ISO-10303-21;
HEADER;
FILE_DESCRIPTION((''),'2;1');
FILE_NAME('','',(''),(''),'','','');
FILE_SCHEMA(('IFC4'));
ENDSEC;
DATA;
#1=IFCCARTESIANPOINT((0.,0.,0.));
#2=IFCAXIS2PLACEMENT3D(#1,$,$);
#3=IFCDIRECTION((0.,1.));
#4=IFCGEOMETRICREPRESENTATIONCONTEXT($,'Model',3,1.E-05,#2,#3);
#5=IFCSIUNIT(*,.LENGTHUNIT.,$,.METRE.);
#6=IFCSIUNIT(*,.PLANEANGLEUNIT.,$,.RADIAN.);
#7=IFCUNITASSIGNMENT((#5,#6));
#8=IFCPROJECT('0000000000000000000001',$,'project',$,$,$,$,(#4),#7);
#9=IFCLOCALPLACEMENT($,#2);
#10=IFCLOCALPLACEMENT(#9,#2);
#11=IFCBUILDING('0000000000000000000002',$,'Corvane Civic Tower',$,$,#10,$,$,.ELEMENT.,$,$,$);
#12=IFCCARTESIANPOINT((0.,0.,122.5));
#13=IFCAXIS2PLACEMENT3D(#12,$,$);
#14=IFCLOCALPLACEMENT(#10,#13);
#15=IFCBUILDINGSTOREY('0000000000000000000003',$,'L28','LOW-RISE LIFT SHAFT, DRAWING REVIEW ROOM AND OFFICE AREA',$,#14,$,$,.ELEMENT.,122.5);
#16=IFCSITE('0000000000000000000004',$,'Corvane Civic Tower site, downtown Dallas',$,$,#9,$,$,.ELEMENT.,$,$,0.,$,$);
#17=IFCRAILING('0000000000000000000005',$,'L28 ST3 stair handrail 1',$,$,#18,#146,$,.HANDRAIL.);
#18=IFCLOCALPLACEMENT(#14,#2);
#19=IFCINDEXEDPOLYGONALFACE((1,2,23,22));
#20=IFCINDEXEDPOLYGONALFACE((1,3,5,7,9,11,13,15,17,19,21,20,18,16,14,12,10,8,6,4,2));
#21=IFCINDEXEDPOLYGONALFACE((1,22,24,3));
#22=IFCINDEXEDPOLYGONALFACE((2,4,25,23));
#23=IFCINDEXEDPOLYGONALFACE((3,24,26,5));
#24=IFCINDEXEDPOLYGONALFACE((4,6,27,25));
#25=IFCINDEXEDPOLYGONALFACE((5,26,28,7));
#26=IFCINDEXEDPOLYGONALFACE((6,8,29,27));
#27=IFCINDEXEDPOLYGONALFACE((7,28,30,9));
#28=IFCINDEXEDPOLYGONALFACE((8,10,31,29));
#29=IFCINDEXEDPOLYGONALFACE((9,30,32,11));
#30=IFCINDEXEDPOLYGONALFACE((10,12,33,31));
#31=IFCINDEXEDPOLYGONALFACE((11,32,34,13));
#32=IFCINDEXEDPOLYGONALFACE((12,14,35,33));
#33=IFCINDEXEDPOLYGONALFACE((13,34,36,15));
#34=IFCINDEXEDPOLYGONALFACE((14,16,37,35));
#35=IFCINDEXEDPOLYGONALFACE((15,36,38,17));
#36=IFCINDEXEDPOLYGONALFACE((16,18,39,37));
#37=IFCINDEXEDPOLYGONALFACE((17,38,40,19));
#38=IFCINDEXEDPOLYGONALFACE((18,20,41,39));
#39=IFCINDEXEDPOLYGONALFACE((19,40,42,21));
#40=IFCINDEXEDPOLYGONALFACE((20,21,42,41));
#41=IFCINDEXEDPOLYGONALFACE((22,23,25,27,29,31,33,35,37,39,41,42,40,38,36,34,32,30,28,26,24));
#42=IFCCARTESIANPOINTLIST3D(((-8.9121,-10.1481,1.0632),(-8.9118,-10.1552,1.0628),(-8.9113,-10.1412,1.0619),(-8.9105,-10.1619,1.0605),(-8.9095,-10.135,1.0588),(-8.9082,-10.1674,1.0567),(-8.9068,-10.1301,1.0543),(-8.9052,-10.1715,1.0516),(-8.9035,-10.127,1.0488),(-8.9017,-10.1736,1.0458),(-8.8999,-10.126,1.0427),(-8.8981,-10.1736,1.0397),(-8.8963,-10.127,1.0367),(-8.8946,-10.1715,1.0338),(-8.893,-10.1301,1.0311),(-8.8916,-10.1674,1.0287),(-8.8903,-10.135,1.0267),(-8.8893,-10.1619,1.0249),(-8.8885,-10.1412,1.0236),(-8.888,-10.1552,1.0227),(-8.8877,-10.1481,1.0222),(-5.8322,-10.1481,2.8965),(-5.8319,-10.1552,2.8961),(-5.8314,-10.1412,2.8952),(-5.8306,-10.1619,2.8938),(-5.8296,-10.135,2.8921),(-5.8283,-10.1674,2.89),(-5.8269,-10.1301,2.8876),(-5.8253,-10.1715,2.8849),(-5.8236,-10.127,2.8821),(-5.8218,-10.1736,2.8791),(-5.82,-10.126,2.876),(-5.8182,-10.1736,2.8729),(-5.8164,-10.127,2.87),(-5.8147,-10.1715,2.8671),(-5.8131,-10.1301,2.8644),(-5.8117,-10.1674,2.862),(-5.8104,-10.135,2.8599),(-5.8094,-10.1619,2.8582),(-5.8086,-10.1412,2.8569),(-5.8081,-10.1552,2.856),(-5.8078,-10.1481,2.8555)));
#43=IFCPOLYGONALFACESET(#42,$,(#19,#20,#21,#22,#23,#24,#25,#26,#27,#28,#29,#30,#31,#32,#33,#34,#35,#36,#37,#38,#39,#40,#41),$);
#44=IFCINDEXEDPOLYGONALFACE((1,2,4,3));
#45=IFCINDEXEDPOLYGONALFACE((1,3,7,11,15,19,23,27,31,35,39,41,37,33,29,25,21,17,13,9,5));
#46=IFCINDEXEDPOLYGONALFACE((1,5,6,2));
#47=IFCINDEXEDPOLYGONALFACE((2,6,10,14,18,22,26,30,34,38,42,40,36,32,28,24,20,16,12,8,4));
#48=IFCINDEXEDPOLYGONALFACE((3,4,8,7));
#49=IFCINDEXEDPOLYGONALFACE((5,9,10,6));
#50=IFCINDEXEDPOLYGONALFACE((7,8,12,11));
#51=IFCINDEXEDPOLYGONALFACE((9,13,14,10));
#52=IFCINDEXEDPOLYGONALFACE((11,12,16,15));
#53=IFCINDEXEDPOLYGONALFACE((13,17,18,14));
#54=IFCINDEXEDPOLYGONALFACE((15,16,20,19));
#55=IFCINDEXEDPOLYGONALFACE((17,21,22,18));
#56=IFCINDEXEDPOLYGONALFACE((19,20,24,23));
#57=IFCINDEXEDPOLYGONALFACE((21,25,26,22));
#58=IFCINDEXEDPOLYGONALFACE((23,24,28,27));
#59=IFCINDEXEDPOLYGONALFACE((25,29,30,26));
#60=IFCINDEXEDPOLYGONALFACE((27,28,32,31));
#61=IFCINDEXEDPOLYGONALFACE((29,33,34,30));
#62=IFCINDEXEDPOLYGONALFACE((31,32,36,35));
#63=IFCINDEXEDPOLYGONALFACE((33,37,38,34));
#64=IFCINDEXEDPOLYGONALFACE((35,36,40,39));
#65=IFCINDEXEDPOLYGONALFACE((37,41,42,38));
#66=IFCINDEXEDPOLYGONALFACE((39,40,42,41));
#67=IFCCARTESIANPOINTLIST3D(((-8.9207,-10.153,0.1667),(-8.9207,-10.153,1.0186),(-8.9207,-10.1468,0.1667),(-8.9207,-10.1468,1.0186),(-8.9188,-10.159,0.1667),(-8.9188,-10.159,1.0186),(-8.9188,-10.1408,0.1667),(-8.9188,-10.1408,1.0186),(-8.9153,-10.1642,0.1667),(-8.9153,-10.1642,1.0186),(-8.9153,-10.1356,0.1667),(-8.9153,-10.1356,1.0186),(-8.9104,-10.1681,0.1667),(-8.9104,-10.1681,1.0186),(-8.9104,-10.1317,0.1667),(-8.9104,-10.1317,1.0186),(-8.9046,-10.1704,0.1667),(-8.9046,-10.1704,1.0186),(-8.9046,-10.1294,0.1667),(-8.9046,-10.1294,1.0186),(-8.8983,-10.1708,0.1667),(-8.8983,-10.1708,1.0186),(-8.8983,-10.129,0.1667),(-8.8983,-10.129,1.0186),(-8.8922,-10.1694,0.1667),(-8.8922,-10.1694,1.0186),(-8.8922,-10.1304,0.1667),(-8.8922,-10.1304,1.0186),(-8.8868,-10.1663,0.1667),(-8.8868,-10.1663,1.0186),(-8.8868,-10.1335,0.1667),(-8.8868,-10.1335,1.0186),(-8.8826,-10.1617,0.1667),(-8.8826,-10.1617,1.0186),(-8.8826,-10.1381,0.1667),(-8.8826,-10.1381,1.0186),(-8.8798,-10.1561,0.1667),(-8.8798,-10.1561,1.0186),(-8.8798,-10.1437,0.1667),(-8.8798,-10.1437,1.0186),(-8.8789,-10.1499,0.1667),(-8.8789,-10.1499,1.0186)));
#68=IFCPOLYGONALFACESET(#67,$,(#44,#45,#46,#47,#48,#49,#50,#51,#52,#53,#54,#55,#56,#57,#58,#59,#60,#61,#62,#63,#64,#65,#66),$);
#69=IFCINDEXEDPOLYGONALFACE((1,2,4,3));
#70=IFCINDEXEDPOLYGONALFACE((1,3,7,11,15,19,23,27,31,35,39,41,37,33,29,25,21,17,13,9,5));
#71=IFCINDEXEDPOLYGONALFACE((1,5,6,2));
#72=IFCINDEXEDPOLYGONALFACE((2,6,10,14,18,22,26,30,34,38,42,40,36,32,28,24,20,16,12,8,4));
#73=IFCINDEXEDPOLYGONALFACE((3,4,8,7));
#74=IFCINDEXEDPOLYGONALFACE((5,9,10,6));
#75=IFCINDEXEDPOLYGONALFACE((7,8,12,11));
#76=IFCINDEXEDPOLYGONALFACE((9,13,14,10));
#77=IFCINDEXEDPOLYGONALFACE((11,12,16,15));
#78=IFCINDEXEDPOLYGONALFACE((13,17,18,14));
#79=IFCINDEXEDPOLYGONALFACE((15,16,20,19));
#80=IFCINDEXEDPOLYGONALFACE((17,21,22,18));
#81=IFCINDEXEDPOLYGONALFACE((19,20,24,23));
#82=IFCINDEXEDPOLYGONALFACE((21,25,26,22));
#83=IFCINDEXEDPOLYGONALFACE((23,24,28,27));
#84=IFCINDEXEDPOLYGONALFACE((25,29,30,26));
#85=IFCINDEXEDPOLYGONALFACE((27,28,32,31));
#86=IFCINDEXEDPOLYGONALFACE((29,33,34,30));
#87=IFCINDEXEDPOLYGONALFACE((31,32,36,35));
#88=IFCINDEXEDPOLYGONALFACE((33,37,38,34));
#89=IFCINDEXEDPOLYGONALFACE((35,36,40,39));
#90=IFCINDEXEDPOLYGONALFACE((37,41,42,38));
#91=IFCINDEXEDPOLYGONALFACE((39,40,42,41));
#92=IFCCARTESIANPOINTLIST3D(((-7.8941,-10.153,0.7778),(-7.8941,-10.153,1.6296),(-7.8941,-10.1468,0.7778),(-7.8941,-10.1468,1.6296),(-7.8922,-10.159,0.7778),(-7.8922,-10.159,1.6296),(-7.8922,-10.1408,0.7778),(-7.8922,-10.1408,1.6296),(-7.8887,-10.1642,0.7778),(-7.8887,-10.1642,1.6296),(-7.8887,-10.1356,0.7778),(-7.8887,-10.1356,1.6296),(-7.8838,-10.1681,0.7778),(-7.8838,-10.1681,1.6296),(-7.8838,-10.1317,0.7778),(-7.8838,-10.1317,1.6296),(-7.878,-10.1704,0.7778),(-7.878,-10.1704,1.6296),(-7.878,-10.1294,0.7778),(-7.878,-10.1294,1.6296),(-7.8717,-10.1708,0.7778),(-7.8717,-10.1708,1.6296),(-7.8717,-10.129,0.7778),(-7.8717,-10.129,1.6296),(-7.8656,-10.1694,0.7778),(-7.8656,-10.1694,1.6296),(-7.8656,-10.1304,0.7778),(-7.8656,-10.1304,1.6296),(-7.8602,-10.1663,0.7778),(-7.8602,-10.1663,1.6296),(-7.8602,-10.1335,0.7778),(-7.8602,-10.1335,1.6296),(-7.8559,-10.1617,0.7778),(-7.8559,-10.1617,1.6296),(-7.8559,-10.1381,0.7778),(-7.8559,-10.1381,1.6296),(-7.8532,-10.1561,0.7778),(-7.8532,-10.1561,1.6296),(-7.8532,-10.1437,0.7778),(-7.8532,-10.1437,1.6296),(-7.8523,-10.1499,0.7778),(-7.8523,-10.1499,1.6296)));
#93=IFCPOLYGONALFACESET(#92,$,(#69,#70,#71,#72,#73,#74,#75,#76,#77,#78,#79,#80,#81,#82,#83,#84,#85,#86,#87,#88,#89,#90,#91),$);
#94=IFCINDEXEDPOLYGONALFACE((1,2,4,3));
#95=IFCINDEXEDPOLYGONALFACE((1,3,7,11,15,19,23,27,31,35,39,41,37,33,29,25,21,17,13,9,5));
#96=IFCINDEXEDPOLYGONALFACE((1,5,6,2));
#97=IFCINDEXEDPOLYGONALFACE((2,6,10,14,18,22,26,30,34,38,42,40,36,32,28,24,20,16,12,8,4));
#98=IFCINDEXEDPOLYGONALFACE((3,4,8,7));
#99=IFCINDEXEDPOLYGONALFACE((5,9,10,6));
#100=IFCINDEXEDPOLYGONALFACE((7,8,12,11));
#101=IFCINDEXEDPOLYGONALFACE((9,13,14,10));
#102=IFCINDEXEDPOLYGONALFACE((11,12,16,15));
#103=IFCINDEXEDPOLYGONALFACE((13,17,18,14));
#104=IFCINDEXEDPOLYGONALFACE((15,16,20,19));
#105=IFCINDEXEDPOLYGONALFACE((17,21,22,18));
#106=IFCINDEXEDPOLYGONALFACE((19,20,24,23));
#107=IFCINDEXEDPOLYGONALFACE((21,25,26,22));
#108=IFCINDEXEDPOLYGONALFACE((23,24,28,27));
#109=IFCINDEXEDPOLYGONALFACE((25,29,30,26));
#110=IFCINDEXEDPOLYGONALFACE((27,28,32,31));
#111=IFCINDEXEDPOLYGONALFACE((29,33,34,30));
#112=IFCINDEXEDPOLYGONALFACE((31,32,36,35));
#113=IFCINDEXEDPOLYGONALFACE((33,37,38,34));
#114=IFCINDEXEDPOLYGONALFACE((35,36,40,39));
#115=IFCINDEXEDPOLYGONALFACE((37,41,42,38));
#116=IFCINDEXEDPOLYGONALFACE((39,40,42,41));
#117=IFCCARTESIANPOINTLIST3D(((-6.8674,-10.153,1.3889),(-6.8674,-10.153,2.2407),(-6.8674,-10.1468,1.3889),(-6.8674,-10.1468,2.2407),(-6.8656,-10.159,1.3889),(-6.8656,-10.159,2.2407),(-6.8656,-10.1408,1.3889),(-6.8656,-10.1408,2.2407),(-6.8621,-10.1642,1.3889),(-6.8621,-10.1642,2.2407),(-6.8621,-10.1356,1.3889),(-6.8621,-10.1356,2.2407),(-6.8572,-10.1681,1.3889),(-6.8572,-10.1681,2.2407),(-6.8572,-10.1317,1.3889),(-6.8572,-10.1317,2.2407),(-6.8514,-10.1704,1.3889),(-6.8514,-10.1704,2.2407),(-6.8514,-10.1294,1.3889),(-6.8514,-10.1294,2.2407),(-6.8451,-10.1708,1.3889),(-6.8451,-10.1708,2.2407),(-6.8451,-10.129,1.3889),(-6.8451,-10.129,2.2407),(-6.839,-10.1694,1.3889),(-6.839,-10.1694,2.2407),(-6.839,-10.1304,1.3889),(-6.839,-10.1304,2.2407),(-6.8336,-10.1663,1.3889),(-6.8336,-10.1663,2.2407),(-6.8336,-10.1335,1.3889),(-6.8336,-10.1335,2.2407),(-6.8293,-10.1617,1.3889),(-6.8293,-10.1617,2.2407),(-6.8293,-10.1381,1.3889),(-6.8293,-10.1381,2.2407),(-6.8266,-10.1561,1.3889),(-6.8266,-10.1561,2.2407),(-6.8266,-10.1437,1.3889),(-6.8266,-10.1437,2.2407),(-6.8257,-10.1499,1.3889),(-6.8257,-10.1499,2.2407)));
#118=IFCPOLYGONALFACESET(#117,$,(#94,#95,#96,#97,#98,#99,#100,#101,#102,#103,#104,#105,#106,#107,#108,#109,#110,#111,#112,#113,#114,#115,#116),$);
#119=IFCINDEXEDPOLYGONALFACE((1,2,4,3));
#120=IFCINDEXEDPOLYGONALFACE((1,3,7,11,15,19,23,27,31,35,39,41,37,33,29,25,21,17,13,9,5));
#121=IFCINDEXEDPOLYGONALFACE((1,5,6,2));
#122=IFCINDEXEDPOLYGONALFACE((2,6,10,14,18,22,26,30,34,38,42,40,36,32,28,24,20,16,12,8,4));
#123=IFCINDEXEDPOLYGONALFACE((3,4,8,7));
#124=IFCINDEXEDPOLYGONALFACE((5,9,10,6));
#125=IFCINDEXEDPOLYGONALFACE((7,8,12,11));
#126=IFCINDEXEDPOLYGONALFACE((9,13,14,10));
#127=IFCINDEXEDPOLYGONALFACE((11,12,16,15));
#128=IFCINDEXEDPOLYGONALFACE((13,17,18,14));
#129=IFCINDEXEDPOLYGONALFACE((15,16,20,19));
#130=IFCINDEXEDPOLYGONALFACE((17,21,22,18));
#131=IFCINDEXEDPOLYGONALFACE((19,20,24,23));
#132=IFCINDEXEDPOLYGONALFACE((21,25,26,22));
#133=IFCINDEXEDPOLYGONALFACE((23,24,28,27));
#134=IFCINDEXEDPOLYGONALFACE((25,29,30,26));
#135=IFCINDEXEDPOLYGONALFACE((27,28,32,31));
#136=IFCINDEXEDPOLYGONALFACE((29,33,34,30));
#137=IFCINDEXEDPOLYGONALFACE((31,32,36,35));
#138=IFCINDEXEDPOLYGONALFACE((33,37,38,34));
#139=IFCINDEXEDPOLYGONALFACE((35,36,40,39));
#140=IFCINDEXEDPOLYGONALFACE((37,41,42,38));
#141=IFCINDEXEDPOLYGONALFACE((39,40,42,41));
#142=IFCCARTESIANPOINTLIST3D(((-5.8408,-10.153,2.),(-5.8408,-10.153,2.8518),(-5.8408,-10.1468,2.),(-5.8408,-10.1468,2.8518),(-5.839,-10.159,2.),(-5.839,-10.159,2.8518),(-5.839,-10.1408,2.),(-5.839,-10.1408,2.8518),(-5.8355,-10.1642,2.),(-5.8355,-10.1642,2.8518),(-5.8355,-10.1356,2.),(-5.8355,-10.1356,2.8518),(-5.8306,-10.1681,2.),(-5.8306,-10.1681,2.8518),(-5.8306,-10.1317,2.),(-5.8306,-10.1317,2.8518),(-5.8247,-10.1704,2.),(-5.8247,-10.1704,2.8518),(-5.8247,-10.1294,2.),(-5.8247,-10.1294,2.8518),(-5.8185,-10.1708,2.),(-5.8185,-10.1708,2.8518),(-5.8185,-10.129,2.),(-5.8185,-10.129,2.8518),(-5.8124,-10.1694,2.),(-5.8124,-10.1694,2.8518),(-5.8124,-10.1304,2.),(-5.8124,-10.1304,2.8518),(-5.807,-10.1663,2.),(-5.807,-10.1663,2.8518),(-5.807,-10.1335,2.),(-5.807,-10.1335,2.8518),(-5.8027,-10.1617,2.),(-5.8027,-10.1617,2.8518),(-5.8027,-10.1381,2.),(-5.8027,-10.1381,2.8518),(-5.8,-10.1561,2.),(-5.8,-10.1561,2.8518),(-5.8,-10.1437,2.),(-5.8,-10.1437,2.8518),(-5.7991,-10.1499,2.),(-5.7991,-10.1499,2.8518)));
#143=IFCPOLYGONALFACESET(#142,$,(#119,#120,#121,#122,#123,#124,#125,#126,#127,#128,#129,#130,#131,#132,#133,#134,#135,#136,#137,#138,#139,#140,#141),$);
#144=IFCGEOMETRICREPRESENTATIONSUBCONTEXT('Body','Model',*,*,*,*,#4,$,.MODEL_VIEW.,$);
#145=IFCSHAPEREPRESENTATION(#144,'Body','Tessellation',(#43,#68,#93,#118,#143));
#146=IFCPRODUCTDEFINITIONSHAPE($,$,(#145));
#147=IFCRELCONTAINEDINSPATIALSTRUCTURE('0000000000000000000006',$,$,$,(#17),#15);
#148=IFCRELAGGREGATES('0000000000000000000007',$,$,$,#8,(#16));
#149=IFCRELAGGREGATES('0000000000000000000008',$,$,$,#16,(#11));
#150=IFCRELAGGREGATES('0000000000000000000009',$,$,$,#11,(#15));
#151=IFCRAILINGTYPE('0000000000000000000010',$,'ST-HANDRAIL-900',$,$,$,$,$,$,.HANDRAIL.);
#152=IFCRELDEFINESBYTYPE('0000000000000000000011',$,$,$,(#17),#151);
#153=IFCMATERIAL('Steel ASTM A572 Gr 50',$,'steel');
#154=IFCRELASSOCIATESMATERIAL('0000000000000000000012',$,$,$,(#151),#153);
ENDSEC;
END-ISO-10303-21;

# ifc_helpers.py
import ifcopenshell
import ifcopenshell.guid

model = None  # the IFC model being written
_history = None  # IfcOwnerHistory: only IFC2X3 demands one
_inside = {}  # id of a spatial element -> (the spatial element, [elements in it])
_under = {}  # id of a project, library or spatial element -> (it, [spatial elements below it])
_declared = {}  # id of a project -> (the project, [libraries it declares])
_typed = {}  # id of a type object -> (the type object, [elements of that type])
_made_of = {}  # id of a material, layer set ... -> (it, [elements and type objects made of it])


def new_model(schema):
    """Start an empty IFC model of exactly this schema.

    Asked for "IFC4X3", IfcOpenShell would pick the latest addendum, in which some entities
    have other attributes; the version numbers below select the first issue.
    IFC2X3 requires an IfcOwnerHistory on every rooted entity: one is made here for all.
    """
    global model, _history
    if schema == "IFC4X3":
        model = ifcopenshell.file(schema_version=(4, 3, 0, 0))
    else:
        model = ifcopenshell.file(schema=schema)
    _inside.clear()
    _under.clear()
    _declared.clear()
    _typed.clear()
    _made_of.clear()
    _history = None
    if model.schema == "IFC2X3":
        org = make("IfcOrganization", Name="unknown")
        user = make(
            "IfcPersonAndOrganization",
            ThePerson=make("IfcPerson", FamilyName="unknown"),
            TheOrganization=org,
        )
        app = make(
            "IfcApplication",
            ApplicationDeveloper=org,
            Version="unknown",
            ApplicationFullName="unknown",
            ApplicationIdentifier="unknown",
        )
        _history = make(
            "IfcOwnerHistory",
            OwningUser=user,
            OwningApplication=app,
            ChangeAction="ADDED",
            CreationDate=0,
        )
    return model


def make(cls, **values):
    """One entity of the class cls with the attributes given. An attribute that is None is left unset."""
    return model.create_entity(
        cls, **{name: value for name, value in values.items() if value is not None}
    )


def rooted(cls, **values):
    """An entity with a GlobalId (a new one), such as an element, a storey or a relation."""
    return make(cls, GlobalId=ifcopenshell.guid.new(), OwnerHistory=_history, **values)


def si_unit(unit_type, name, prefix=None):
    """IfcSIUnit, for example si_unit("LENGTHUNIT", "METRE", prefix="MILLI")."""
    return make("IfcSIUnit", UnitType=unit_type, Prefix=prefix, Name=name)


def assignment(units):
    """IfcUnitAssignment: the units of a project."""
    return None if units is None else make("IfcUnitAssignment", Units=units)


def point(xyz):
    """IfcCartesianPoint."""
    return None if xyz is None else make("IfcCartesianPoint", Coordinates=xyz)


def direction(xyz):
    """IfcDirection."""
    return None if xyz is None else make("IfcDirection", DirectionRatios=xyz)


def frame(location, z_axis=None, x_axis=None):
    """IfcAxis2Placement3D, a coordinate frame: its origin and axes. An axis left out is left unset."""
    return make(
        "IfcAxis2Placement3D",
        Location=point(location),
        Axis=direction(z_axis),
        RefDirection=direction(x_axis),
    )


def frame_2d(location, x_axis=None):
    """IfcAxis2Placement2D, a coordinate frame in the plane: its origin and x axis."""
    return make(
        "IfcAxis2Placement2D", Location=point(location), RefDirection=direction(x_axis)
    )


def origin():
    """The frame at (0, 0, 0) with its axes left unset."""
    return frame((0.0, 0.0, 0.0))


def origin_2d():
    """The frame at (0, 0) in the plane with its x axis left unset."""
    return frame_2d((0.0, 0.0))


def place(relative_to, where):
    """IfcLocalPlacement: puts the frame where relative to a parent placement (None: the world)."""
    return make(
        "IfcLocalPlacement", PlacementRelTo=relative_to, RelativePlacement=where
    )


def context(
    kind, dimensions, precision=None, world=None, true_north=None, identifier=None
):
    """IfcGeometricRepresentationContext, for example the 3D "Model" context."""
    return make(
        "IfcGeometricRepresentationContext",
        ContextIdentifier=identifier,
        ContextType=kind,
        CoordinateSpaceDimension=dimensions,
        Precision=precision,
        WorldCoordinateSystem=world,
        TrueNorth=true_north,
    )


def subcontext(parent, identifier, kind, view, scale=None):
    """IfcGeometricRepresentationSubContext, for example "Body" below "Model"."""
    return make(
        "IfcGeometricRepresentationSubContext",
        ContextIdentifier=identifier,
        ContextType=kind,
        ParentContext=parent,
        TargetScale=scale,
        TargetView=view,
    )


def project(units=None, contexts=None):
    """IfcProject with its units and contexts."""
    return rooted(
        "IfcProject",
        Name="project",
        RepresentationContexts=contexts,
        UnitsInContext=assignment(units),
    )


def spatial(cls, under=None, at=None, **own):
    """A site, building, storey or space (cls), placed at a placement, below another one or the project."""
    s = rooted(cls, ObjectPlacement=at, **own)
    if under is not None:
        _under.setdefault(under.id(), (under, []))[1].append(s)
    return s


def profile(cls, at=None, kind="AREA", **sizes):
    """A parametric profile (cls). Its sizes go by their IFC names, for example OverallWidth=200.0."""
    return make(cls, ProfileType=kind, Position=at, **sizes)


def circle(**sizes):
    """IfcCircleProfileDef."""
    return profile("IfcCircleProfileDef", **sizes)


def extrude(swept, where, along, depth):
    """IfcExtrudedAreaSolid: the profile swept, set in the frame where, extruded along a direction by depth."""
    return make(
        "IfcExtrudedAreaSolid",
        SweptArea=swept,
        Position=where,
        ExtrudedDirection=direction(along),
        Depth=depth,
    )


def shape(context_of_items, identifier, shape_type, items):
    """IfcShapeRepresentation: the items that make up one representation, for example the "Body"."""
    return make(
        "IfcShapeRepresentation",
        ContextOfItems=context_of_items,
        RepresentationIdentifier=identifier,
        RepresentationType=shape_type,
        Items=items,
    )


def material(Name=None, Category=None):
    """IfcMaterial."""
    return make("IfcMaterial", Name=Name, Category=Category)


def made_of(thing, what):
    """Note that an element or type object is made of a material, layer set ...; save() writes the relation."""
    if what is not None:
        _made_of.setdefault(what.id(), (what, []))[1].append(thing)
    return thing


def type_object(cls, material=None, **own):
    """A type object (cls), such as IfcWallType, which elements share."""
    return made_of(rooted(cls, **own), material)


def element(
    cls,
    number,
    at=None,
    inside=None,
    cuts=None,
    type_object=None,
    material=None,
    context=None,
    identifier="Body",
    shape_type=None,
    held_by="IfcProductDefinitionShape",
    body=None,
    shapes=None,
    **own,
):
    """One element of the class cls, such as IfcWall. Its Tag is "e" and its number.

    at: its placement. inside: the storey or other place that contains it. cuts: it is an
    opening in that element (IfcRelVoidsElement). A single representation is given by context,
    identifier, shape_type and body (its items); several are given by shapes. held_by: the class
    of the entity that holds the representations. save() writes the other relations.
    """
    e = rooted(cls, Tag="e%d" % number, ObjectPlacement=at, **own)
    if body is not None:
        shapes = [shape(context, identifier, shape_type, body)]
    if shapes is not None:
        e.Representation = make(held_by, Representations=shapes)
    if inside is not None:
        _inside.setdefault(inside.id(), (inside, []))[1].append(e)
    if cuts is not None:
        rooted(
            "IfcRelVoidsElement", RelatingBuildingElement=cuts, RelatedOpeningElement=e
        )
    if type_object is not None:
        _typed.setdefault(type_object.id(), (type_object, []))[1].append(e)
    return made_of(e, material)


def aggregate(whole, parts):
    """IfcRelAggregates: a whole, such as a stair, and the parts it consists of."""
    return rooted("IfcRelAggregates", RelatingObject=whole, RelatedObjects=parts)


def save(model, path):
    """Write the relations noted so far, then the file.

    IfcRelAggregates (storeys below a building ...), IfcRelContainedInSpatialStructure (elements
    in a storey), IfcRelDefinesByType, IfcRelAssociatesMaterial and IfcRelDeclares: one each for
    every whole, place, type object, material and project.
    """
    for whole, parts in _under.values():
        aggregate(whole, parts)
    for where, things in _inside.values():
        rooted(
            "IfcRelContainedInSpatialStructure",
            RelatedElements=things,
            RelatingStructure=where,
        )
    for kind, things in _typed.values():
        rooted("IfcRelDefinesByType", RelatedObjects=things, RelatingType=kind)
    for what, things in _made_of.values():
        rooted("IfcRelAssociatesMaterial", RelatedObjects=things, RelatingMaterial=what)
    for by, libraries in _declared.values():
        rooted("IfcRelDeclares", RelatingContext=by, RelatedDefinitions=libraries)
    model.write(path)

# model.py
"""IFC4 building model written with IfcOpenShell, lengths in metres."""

from ifc_helpers import new_model, si_unit, direction, frame, origin, origin_2d, place, context, subcontext, project, spatial, circle, extrude, material, type_object, element, save


model = new_model("IFC4")

# Units and contexts
model_context = context("Model", 3, precision=1e-05, world=origin(), true_north=direction((0.0, 1.0)))
body_context = subcontext(model_context, "Body", "Model", "MODEL_VIEW")
ifc_project = project(units=[si_unit("LENGTHUNIT", "METRE"), si_unit("PLANEANGLEUNIT", "RADIAN")], contexts=[model_context])

# Site, building, storey
site_placement = place(None, origin())
site = spatial("IfcSite", under=ifc_project, at=site_placement, Name="Corvane Civic Tower site, downtown Dallas", CompositionType="ELEMENT", RefElevation=0.0)
building_placement = place(site_placement, origin())
building = spatial("IfcBuilding", under=site, at=building_placement, Name="Corvane Civic Tower", CompositionType="ELEMENT")
storey_placement = place(building_placement, frame((0.0, 0.0, 122.5)))
storey = spatial("IfcBuildingStorey", under=building, at=storey_placement, Name="L28", Description="LOW-RISE LIFT SHAFT, DRAWING REVIEW ROOM AND OFFICE AREA", CompositionType="ELEMENT", Elevation=122.5)

# Railing
ifc_material_1 = material(Name="Steel ASTM A572 Gr 50", Category="steel")
railing_type_1 = type_object("IfcRailingType", Name="ST-HANDRAIL-900", PredefinedType="HANDRAIL", material=ifc_material_1)
railing_1_placement = place(storey_placement, frame((-8.8999, -10.1499, 0.1667)))
element("IfcRailing", 1, at=railing_1_placement, inside=storey, type_object=railing_type_1, Name="L28 ST3 stair handrail 1", PredefinedType="HANDRAIL", context=body_context, shape_type="SweptSolid", body=[
    extrude(circle(Radius=0.0239, at=origin_2d()), frame((0.0, 0.0, 0.876), z_axis=(0.859291, 0.0, 0.511487), x_axis=(0.0, 1.0, 0.0)), (0.0, 0.0, 1.0), 3.5842),
    extrude(circle(Radius=0.021, at=origin_2d()), origin(), (0.0, 0.0, 1.0), 0.8518),
    extrude(circle(Radius=0.021, at=origin_2d()), frame((1.0266, 0.0, 0.6111)), (0.0, 0.0, 1.0), 0.8518),
    extrude(circle(Radius=0.021, at=origin_2d()), frame((2.0532, 0.0, 1.2222)), (0.0, 0.0, 1.0), 0.8518),
    extrude(circle(Radius=0.021, at=origin_2d()), frame((3.0798, 0.0, 1.8333)), (0.0, 0.0, 1.0), 0.8518),
])

save(model, "model.ifc")
